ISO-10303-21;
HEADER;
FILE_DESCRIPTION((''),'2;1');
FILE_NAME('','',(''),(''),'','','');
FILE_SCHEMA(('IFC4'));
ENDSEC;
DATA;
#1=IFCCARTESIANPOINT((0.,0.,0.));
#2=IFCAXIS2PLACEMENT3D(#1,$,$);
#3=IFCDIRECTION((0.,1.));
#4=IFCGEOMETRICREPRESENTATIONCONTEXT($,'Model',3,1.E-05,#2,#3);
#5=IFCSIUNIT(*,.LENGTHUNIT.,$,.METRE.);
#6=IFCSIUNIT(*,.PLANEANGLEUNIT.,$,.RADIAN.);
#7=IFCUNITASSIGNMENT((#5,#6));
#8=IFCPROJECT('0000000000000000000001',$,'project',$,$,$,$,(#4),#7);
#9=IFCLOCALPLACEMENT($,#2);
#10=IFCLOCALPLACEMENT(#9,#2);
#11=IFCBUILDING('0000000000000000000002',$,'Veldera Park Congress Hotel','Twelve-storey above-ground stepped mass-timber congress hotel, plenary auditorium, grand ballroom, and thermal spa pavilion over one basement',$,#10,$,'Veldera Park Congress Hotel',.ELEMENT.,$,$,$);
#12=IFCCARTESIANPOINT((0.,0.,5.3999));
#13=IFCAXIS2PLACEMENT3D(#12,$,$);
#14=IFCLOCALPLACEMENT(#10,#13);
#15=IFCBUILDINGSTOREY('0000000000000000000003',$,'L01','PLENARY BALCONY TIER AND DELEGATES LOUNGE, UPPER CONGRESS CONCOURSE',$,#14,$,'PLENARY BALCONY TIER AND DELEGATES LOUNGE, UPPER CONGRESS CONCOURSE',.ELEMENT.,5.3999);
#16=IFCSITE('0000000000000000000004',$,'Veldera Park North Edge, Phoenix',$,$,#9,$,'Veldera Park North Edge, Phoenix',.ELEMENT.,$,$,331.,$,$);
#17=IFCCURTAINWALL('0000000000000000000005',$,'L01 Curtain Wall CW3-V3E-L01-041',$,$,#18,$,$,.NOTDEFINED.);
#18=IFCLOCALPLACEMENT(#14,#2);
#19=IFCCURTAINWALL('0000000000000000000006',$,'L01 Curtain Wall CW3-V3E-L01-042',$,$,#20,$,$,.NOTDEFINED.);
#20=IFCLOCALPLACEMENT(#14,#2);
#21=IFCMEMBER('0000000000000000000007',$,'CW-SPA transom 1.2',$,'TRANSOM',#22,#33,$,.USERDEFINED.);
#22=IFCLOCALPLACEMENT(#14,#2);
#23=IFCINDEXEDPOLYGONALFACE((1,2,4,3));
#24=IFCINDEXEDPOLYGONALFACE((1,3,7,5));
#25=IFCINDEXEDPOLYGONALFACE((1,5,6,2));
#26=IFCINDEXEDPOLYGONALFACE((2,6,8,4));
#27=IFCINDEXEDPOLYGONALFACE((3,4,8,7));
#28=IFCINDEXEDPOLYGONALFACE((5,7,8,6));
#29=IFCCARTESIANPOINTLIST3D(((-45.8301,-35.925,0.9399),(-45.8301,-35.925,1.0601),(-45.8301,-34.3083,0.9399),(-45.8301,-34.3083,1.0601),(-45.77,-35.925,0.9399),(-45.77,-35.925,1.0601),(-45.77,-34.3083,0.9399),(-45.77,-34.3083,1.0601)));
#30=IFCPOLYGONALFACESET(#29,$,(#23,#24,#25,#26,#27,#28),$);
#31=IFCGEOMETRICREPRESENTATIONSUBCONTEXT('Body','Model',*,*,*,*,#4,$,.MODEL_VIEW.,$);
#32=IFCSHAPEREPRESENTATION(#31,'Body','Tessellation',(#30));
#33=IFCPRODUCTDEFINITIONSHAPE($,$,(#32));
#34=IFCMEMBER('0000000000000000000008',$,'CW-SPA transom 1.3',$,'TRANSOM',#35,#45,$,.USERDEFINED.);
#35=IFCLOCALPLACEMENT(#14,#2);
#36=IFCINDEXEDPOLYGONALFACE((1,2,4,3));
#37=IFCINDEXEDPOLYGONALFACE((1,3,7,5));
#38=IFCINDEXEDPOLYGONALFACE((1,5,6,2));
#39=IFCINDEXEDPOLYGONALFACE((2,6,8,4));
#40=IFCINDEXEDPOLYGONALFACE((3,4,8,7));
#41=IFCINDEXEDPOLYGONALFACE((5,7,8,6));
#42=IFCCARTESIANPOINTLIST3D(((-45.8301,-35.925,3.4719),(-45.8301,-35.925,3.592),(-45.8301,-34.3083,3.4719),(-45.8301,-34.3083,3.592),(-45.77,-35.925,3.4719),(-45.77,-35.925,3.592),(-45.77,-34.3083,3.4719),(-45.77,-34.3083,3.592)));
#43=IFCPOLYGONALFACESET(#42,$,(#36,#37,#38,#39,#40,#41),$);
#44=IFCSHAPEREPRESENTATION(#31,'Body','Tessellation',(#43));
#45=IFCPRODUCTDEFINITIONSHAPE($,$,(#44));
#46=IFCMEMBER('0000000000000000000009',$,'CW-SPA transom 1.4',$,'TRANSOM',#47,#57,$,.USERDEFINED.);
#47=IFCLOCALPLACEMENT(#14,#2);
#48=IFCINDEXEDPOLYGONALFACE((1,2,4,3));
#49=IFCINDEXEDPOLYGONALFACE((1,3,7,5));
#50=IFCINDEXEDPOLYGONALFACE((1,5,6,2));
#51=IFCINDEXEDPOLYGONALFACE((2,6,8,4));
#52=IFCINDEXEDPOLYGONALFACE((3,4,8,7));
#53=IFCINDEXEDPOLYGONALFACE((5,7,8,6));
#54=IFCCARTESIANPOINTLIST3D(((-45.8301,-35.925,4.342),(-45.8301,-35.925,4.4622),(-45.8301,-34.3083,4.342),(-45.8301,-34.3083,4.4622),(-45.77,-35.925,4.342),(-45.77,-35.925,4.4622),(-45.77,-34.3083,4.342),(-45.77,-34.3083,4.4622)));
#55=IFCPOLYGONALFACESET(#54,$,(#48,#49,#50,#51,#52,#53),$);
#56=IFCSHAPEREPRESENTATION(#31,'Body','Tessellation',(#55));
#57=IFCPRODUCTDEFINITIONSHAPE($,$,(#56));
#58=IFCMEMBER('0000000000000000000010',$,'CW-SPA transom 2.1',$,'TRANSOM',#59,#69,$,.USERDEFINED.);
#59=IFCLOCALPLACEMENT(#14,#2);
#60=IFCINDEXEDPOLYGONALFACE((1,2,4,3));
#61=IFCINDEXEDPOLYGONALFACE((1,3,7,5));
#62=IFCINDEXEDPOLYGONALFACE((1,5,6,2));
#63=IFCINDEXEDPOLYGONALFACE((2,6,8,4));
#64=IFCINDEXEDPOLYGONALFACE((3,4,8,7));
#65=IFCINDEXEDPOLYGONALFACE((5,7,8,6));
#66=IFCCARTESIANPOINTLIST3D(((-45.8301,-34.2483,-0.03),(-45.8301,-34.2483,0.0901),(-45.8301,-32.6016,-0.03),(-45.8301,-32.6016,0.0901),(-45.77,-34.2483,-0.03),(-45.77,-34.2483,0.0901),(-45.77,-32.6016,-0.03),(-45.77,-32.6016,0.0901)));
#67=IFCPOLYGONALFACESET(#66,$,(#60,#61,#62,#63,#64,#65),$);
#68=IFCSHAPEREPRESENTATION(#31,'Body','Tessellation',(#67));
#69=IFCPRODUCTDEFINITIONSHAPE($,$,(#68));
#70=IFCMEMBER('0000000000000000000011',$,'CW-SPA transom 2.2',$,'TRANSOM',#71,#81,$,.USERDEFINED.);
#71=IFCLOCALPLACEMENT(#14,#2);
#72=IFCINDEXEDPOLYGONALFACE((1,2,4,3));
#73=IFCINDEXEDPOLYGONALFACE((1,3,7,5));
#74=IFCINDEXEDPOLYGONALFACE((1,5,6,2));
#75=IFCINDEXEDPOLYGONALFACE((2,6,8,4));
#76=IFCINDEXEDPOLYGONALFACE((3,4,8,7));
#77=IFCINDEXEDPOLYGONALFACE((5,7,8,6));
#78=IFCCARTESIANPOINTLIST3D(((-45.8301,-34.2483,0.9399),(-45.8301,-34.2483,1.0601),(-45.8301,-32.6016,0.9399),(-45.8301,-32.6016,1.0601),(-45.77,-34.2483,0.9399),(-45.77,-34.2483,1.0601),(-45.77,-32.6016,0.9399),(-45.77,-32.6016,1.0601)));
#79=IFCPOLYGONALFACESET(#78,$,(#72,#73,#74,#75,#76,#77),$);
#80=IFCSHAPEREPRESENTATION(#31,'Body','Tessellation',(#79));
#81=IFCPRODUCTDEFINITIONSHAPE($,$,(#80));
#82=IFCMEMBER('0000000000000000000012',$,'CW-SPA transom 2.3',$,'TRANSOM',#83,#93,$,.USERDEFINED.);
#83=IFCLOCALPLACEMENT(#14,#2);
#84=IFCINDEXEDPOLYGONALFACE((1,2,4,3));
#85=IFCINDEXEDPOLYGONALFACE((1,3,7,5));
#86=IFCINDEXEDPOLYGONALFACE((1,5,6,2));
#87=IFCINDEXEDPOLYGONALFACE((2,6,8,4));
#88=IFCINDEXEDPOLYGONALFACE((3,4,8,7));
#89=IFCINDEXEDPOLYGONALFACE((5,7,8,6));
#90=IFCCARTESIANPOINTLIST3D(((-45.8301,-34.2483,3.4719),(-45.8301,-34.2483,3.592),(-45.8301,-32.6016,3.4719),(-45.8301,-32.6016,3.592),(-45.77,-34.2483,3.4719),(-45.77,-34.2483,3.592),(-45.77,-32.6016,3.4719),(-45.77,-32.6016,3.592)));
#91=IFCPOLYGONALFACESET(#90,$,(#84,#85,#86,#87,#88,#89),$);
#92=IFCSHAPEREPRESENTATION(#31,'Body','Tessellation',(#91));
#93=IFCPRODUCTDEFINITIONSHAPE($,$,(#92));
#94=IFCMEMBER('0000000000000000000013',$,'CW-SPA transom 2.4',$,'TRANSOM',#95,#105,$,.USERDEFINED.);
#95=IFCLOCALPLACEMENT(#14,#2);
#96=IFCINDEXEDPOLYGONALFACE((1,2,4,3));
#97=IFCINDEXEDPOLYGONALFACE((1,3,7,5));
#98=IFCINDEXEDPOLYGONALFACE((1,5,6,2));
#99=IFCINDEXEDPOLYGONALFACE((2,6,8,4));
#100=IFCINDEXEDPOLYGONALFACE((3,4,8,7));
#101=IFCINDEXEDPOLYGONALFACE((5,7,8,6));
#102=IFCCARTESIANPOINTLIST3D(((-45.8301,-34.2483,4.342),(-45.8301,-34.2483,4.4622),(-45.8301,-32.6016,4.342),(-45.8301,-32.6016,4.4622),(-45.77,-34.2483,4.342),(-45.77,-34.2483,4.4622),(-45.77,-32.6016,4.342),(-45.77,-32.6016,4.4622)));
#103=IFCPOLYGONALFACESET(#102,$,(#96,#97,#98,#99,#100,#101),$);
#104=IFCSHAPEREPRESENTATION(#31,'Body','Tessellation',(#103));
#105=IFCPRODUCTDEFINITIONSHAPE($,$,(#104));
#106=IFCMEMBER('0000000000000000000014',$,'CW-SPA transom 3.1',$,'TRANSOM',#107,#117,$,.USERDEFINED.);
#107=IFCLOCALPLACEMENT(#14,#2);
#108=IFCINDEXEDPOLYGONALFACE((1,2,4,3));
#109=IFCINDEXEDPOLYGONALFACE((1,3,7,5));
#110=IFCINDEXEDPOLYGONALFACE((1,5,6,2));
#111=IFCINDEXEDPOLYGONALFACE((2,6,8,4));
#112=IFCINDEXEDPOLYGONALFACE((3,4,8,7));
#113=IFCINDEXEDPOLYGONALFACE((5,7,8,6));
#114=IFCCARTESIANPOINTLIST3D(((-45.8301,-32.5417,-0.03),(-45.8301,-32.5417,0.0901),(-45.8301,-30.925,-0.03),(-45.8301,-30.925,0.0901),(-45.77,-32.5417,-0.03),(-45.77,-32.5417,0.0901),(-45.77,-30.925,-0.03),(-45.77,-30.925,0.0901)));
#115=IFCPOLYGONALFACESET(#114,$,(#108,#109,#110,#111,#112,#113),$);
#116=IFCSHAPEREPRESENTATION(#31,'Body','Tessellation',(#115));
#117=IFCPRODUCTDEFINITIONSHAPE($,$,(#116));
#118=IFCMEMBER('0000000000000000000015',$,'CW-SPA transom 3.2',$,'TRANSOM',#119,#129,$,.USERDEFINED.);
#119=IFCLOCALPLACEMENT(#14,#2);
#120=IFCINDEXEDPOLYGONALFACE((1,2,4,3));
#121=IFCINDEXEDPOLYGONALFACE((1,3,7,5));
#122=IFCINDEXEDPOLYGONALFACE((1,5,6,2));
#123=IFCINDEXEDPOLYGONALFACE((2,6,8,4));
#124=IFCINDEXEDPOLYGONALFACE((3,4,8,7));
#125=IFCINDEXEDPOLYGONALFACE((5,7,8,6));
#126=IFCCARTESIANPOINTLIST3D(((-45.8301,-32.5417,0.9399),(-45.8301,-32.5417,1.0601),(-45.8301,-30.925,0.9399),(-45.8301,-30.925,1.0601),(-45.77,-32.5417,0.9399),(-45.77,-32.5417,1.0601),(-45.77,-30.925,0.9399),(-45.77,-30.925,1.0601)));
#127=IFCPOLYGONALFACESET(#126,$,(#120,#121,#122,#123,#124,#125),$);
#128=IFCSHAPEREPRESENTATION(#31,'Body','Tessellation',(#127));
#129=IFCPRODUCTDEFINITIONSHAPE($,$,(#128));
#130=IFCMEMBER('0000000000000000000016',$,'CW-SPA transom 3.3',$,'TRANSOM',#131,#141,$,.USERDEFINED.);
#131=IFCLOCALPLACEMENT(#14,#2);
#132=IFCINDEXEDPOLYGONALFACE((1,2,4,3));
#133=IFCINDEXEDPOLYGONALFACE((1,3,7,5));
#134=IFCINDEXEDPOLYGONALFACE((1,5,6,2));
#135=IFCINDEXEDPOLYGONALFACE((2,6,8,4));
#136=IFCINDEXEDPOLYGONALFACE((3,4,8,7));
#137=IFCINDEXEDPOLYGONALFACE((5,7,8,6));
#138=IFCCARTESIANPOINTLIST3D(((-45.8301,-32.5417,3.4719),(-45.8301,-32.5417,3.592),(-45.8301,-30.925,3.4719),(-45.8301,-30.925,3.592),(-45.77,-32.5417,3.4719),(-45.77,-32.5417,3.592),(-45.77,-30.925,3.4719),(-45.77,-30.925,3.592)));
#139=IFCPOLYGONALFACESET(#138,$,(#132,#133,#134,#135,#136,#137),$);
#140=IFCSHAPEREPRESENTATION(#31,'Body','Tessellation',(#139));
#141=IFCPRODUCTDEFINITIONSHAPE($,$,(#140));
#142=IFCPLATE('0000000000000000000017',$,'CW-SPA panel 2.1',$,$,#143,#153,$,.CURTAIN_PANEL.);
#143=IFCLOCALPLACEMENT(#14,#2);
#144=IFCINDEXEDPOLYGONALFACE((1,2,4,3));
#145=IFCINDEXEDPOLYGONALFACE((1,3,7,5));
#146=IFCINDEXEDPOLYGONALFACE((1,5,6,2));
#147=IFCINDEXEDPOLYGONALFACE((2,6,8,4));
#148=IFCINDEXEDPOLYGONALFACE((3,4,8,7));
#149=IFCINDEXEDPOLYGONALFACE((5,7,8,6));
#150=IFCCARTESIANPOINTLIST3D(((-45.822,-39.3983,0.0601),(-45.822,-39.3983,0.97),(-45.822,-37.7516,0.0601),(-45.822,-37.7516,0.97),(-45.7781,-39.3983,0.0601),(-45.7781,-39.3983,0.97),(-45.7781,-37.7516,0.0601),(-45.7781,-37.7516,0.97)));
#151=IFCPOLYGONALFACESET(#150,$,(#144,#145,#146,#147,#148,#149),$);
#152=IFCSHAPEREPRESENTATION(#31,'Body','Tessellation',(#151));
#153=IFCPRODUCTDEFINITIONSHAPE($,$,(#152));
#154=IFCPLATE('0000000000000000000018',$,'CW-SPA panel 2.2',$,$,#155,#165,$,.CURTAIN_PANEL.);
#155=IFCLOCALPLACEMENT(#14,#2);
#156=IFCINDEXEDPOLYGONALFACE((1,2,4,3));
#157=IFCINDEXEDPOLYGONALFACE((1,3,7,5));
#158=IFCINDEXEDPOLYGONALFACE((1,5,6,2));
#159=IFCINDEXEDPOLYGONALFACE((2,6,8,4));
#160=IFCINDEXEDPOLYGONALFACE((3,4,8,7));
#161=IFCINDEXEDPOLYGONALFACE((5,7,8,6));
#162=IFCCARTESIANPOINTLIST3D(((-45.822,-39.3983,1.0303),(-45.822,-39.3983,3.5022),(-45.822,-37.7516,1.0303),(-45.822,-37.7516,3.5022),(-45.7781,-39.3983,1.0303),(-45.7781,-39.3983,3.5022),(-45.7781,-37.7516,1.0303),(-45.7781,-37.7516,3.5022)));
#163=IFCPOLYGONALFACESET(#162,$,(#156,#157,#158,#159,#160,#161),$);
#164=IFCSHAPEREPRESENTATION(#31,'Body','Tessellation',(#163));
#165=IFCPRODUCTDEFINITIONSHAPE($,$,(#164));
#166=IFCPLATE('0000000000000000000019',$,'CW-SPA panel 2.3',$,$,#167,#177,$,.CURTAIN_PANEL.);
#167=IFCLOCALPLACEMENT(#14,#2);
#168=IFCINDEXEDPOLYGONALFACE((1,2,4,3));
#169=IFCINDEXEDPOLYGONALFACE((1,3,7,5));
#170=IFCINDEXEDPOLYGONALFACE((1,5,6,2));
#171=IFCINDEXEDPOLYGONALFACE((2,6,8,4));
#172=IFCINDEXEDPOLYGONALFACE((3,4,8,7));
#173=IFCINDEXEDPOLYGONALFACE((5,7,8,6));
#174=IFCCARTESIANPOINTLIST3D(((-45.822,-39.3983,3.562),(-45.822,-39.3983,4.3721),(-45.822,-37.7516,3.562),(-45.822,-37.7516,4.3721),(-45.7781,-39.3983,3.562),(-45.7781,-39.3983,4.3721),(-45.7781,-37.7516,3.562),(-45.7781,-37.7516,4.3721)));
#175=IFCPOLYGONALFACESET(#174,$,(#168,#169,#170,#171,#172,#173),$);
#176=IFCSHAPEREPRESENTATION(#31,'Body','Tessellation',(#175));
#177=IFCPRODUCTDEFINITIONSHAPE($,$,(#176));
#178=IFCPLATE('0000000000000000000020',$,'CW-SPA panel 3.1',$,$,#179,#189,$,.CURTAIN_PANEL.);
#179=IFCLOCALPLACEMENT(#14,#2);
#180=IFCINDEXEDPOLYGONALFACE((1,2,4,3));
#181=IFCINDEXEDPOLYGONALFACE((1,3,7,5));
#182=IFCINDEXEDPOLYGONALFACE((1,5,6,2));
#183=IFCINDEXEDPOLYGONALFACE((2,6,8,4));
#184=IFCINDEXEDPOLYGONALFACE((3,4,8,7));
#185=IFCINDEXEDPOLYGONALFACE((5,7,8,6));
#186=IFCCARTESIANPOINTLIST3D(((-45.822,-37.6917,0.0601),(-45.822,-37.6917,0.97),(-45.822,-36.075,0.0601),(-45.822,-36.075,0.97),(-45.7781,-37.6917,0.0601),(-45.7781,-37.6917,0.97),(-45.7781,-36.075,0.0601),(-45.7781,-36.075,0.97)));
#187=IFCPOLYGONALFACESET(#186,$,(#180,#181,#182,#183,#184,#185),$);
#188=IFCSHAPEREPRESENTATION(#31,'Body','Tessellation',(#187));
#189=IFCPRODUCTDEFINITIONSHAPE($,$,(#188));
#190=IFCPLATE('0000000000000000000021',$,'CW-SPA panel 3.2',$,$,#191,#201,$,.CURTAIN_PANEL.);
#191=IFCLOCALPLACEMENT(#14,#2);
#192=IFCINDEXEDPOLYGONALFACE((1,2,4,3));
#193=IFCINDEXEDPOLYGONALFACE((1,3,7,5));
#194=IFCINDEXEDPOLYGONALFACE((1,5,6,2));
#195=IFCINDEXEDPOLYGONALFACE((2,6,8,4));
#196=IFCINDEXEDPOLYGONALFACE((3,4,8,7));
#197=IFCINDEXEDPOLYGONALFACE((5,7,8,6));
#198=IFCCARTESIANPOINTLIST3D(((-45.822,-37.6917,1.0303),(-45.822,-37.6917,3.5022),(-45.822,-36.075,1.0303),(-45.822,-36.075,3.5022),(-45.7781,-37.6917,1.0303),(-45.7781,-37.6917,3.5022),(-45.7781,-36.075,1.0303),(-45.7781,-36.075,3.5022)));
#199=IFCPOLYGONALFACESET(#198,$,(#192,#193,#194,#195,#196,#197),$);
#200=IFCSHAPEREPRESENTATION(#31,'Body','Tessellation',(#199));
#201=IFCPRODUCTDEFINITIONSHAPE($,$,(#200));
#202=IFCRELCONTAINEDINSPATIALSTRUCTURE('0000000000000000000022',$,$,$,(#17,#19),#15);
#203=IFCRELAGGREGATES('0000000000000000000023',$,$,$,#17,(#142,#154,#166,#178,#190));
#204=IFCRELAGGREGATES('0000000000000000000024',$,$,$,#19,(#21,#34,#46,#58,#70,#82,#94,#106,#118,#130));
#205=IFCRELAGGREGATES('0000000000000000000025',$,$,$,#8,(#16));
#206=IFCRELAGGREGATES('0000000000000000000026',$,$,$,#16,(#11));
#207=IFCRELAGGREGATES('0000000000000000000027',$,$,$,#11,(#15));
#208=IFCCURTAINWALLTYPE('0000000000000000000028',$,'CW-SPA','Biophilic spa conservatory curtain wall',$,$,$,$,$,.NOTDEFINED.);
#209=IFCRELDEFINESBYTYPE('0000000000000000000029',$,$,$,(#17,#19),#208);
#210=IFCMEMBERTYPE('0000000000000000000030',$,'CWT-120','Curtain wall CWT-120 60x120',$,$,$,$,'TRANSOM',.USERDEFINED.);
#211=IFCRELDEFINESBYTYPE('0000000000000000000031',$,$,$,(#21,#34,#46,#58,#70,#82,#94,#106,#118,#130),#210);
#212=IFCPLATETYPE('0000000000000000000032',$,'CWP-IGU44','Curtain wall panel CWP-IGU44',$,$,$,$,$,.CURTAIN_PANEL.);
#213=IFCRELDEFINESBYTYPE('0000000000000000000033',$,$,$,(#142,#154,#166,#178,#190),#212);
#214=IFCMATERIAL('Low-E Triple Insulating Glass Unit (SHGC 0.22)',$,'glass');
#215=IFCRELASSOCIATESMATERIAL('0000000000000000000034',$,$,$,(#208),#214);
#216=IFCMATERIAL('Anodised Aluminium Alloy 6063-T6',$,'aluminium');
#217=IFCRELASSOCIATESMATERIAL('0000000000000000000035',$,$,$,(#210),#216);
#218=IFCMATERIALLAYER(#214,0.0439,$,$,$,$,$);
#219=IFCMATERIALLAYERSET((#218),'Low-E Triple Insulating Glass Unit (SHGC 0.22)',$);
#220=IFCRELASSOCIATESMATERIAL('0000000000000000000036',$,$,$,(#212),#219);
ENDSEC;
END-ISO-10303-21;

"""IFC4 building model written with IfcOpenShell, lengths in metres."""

from ifc_helpers import new_model, si_unit, direction, frame, origin, origin_2d, place, context, subcontext, project, spatial, rectangle, extrude, material, layer, layer_set, material_profile, profile_set, type_object, element, aggregate, save


model = new_model("IFC4")

# Units and contexts
model_context = context("Model", 3, precision=1e-05, world=origin(), true_north=direction((0.0, 1.0)))
body_context = subcontext(model_context, "Body", "Model", "MODEL_VIEW")
ifc_project = project(units=[si_unit("LENGTHUNIT", "METRE"), si_unit("PLANEANGLEUNIT", "RADIAN")], contexts=[model_context])

# Site, building, storey
site_placement = place(None, origin())
site = spatial("IfcSite", under=ifc_project, at=site_placement, Name="Veldera Park North Edge, Phoenix", LongName="Veldera Park North Edge, Phoenix", CompositionType="ELEMENT", RefElevation=331.0)
building_placement = place(site_placement, origin())
building = spatial("IfcBuilding", under=site, at=building_placement, Name="Veldera Park Congress Hotel", Description="Twelve-storey above-ground stepped mass-timber congress hotel, plenary auditorium, grand ballroom, and thermal spa pavilion over one basement", LongName="Veldera Park Congress Hotel", CompositionType="ELEMENT")
storey_placement = place(building_placement, frame((0.0, 0.0, 5.3999)))
storey = spatial("IfcBuildingStorey", under=building, at=storey_placement, Name="L01", Description="PLENARY BALCONY TIER AND DELEGATES LOUNGE, UPPER CONGRESS CONCOURSE", LongName="PLENARY BALCONY TIER AND DELEGATES LOUNGE, UPPER CONGRESS CONCOURSE", CompositionType="ELEMENT", Elevation=5.3999)

# Curtain walls
ifc_material_1 = material(Name="Low-E Triple Insulating Glass Unit (SHGC 0.22)", Category="glass")
curtain_wall_type = type_object("IfcCurtainWallType", Name="CW-SPA", Description="Biophilic spa conservatory curtain wall", PredefinedType="NOTDEFINED", material=ifc_material_1)
curtain_wall_1_placement = place(storey_placement, origin())
curtain_wall_1 = element("IfcCurtainWall", 1, at=curtain_wall_1_placement, inside=storey, type_object=curtain_wall_type, Name="L01 Curtain Wall CW3-V3E-L01-041", PredefinedType="NOTDEFINED")
ifc_material_2 = material(Name="Anodised Aluminium Alloy 6063-T6", Category="aluminium")
curtain_wall_2_placement = place(storey_placement, origin())
curtain_wall_2 = element("IfcCurtainWall", 2, at=curtain_wall_2_placement, inside=storey, type_object=curtain_wall_type, Name="L01 Curtain Wall CW3-V3E-L01-042", PredefinedType="NOTDEFINED")

# Members
ifc_material_profile_1 = material_profile(ifc_material_2, rectangle(XDim=0.0601, YDim=0.1201, at=origin_2d()), Name="ALU 60x120")
ifc_profile_set_1 = profile_set([ifc_material_profile_1], Name="Anodised Aluminium Alloy 6063-T6")
member_type_1 = type_object("IfcMemberType", Name="CWT-120", Description="Curtain wall CWT-120 60x120", ElementType="TRANSOM", PredefinedType="USERDEFINED", material=ifc_profile_set_1)
member_1_placement = place(storey_placement, frame((-45.8, -35.925, 1.0), z_axis=(0.0, 1.0, 0.0), x_axis=(-1.0, 0.0, 0.0)))
member_1 = element("IfcMember", 3, at=member_1_placement, type_object=member_type_1, Name="CW-SPA transom 1.2", ObjectType="TRANSOM", PredefinedType="USERDEFINED", context=body_context, shape_type="SweptSolid", body=[
    extrude(rectangle(XDim=0.0601, YDim=0.1201, at=origin_2d()), origin(), (0.0, 0.0, 1.0), 1.6167),
])
member_2_placement = place(storey_placement, frame((-45.8, -35.925, 3.532), z_axis=(0.0, 1.0, 0.0), x_axis=(-1.0, 0.0, 0.0)))
member_2 = element("IfcMember", 4, at=member_2_placement, type_object=member_type_1, Name="CW-SPA transom 1.3", ObjectType="TRANSOM", PredefinedType="USERDEFINED", context=body_context, shape_type="SweptSolid", body=[
    extrude(rectangle(XDim=0.0601, YDim=0.1201, at=origin_2d()), origin(), (0.0, 0.0, 1.0), 1.6167),
])
member_3_placement = place(storey_placement, frame((-45.8, -35.925, 4.4021), z_axis=(0.0, 1.0, 0.0), x_axis=(-1.0, 0.0, 0.0)))
member_3 = element("IfcMember", 5, at=member_3_placement, type_object=member_type_1, Name="CW-SPA transom 1.4", ObjectType="TRANSOM", PredefinedType="USERDEFINED", context=body_context, shape_type="SweptSolid", body=[
    extrude(rectangle(XDim=0.0601, YDim=0.1201, at=origin_2d()), origin(), (0.0, 0.0, 1.0), 1.6167),
])
member_4_placement = place(storey_placement, frame((-45.8, -34.2483, 0.03), z_axis=(0.0, 1.0, 0.0), x_axis=(-1.0, 0.0, 0.0)))
member_4 = element("IfcMember", 6, at=member_4_placement, type_object=member_type_1, Name="CW-SPA transom 2.1", ObjectType="TRANSOM", PredefinedType="USERDEFINED", context=body_context, shape_type="SweptSolid", body=[
    extrude(rectangle(XDim=0.0601, YDim=0.1201, at=origin_2d()), origin(), (0.0, 0.0, 1.0), 1.6467),
])
member_5_placement = place(storey_placement, frame((-45.8, -34.2483, 1.0), z_axis=(0.0, 1.0, 0.0), x_axis=(-1.0, 0.0, 0.0)))
member_5 = element("IfcMember", 7, at=member_5_placement, type_object=member_type_1, Name="CW-SPA transom 2.2", ObjectType="TRANSOM", PredefinedType="USERDEFINED", context=body_context, shape_type="SweptSolid", body=[
    extrude(rectangle(XDim=0.0601, YDim=0.1201, at=origin_2d()), origin(), (0.0, 0.0, 1.0), 1.6467),
])
member_6_placement = place(storey_placement, frame((-45.8, -34.2483, 3.532), z_axis=(0.0, 1.0, 0.0), x_axis=(-1.0, 0.0, 0.0)))
member_6 = element("IfcMember", 8, at=member_6_placement, type_object=member_type_1, Name="CW-SPA transom 2.3", ObjectType="TRANSOM", PredefinedType="USERDEFINED", context=body_context, shape_type="SweptSolid", body=[
    extrude(rectangle(XDim=0.0601, YDim=0.1201, at=origin_2d()), origin(), (0.0, 0.0, 1.0), 1.6467),
])
member_7_placement = place(storey_placement, frame((-45.8, -34.2483, 4.4021), z_axis=(0.0, 1.0, 0.0), x_axis=(-1.0, 0.0, 0.0)))
member_7 = element("IfcMember", 9, at=member_7_placement, type_object=member_type_1, Name="CW-SPA transom 2.4", ObjectType="TRANSOM", PredefinedType="USERDEFINED", context=body_context, shape_type="SweptSolid", body=[
    extrude(rectangle(XDim=0.0601, YDim=0.1201, at=origin_2d()), origin(), (0.0, 0.0, 1.0), 1.6467),
])
member_8_placement = place(storey_placement, frame((-45.8, -32.5417, 0.03), z_axis=(0.0, 1.0, 0.0), x_axis=(-1.0, 0.0, 0.0)))
member_8 = element("IfcMember", 10, at=member_8_placement, type_object=member_type_1, Name="CW-SPA transom 3.1", ObjectType="TRANSOM", PredefinedType="USERDEFINED", context=body_context, shape_type="SweptSolid", body=[
    extrude(rectangle(XDim=0.0601, YDim=0.1201, at=origin_2d()), origin(), (0.0, 0.0, 1.0), 1.6167),
])
member_9_placement = place(storey_placement, frame((-45.8, -32.5417, 1.0), z_axis=(0.0, 1.0, 0.0), x_axis=(-1.0, 0.0, 0.0)))
member_9 = element("IfcMember", 11, at=member_9_placement, type_object=member_type_1, Name="CW-SPA transom 3.2", ObjectType="TRANSOM", PredefinedType="USERDEFINED", context=body_context, shape_type="SweptSolid", body=[
    extrude(rectangle(XDim=0.0601, YDim=0.1201, at=origin_2d()), origin(), (0.0, 0.0, 1.0), 1.6167),
])
member_10_placement = place(storey_placement, frame((-45.8, -32.5417, 3.532), z_axis=(0.0, 1.0, 0.0), x_axis=(-1.0, 0.0, 0.0)))
member_10 = element("IfcMember", 12, at=member_10_placement, type_object=member_type_1, Name="CW-SPA transom 3.3", ObjectType="TRANSOM", PredefinedType="USERDEFINED", context=body_context, shape_type="SweptSolid", body=[
    extrude(rectangle(XDim=0.0601, YDim=0.1201, at=origin_2d()), origin(), (0.0, 0.0, 1.0), 1.6167),
])

# Plates
ifc_layer = layer(ifc_material_1, 0.0439)
ifc_layer_set = layer_set([ifc_layer], Name="Low-E Triple Insulating Glass Unit (SHGC 0.22)")
plate_type = type_object("IfcPlateType", Name="CWP-IGU44", Description="Curtain wall panel CWP-IGU44", PredefinedType="CURTAIN_PANEL", material=ifc_layer_set)
plate_1_placement = place(storey_placement, frame((-45.8, -38.575, 0.0601), z_axis=(0.0, 0.0, 1.0), x_axis=(0.0, 1.0, 0.0)))
plate_1 = element("IfcPlate", 13, at=plate_1_placement, type_object=plate_type, Name="CW-SPA panel 2.1", PredefinedType="CURTAIN_PANEL", context=body_context, shape_type="SweptSolid", body=[
    extrude(rectangle(XDim=1.6467, YDim=0.0439, at=origin_2d()), origin(), (0.0, 0.0, 1.0), 0.9099),
])
plate_2_placement = place(storey_placement, frame((-45.8, -38.575, 1.0303), z_axis=(0.0, 0.0, 1.0), x_axis=(0.0, 1.0, 0.0)))
plate_2 = element("IfcPlate", 14, at=plate_2_placement, type_object=plate_type, Name="CW-SPA panel 2.2", PredefinedType="CURTAIN_PANEL", context=body_context, shape_type="SweptSolid", body=[
    extrude(rectangle(XDim=1.6467, YDim=0.0439, at=origin_2d()), origin(), (0.0, 0.0, 1.0), 2.4719),
])
plate_3_placement = place(storey_placement, frame((-45.8, -38.575, 3.562), z_axis=(0.0, 0.0, 1.0), x_axis=(0.0, 1.0, 0.0)))
plate_3 = element("IfcPlate", 15, at=plate_3_placement, type_object=plate_type, Name="CW-SPA panel 2.3", PredefinedType="CURTAIN_PANEL", context=body_context, shape_type="SweptSolid", body=[
    extrude(rectangle(XDim=1.6467, YDim=0.0439, at=origin_2d()), origin(), (0.0, 0.0, 1.0), 0.8101),
])
plate_4_placement = place(storey_placement, frame((-45.8, -36.8833, 0.0601), z_axis=(0.0, 0.0, 1.0), x_axis=(0.0, 1.0, 0.0)))
plate_4 = element("IfcPlate", 16, at=plate_4_placement, type_object=plate_type, Name="CW-SPA panel 3.1", PredefinedType="CURTAIN_PANEL", context=body_context, shape_type="SweptSolid", body=[
    extrude(rectangle(XDim=1.6167, YDim=0.0439, at=origin_2d()), origin(), (0.0, 0.0, 1.0), 0.9099),
])
plate_5_placement = place(storey_placement, frame((-45.8, -36.8833, 1.0303), z_axis=(0.0, 0.0, 1.0), x_axis=(0.0, 1.0, 0.0)))
plate_5 = element("IfcPlate", 17, at=plate_5_placement, type_object=plate_type, Name="CW-SPA panel 3.2", PredefinedType="CURTAIN_PANEL", context=body_context, shape_type="SweptSolid", body=[
    extrude(rectangle(XDim=1.6167, YDim=0.0439, at=origin_2d()), origin(), (0.0, 0.0, 1.0), 2.4719),
])
aggregate(curtain_wall_1, [plate_1, plate_2, plate_3, plate_4, plate_5])
aggregate(curtain_wall_2, [member_1, member_2, member_3, member_4, member_5, member_6, member_7, member_8, member_9, member_10])

save(model, "model.ifc")
